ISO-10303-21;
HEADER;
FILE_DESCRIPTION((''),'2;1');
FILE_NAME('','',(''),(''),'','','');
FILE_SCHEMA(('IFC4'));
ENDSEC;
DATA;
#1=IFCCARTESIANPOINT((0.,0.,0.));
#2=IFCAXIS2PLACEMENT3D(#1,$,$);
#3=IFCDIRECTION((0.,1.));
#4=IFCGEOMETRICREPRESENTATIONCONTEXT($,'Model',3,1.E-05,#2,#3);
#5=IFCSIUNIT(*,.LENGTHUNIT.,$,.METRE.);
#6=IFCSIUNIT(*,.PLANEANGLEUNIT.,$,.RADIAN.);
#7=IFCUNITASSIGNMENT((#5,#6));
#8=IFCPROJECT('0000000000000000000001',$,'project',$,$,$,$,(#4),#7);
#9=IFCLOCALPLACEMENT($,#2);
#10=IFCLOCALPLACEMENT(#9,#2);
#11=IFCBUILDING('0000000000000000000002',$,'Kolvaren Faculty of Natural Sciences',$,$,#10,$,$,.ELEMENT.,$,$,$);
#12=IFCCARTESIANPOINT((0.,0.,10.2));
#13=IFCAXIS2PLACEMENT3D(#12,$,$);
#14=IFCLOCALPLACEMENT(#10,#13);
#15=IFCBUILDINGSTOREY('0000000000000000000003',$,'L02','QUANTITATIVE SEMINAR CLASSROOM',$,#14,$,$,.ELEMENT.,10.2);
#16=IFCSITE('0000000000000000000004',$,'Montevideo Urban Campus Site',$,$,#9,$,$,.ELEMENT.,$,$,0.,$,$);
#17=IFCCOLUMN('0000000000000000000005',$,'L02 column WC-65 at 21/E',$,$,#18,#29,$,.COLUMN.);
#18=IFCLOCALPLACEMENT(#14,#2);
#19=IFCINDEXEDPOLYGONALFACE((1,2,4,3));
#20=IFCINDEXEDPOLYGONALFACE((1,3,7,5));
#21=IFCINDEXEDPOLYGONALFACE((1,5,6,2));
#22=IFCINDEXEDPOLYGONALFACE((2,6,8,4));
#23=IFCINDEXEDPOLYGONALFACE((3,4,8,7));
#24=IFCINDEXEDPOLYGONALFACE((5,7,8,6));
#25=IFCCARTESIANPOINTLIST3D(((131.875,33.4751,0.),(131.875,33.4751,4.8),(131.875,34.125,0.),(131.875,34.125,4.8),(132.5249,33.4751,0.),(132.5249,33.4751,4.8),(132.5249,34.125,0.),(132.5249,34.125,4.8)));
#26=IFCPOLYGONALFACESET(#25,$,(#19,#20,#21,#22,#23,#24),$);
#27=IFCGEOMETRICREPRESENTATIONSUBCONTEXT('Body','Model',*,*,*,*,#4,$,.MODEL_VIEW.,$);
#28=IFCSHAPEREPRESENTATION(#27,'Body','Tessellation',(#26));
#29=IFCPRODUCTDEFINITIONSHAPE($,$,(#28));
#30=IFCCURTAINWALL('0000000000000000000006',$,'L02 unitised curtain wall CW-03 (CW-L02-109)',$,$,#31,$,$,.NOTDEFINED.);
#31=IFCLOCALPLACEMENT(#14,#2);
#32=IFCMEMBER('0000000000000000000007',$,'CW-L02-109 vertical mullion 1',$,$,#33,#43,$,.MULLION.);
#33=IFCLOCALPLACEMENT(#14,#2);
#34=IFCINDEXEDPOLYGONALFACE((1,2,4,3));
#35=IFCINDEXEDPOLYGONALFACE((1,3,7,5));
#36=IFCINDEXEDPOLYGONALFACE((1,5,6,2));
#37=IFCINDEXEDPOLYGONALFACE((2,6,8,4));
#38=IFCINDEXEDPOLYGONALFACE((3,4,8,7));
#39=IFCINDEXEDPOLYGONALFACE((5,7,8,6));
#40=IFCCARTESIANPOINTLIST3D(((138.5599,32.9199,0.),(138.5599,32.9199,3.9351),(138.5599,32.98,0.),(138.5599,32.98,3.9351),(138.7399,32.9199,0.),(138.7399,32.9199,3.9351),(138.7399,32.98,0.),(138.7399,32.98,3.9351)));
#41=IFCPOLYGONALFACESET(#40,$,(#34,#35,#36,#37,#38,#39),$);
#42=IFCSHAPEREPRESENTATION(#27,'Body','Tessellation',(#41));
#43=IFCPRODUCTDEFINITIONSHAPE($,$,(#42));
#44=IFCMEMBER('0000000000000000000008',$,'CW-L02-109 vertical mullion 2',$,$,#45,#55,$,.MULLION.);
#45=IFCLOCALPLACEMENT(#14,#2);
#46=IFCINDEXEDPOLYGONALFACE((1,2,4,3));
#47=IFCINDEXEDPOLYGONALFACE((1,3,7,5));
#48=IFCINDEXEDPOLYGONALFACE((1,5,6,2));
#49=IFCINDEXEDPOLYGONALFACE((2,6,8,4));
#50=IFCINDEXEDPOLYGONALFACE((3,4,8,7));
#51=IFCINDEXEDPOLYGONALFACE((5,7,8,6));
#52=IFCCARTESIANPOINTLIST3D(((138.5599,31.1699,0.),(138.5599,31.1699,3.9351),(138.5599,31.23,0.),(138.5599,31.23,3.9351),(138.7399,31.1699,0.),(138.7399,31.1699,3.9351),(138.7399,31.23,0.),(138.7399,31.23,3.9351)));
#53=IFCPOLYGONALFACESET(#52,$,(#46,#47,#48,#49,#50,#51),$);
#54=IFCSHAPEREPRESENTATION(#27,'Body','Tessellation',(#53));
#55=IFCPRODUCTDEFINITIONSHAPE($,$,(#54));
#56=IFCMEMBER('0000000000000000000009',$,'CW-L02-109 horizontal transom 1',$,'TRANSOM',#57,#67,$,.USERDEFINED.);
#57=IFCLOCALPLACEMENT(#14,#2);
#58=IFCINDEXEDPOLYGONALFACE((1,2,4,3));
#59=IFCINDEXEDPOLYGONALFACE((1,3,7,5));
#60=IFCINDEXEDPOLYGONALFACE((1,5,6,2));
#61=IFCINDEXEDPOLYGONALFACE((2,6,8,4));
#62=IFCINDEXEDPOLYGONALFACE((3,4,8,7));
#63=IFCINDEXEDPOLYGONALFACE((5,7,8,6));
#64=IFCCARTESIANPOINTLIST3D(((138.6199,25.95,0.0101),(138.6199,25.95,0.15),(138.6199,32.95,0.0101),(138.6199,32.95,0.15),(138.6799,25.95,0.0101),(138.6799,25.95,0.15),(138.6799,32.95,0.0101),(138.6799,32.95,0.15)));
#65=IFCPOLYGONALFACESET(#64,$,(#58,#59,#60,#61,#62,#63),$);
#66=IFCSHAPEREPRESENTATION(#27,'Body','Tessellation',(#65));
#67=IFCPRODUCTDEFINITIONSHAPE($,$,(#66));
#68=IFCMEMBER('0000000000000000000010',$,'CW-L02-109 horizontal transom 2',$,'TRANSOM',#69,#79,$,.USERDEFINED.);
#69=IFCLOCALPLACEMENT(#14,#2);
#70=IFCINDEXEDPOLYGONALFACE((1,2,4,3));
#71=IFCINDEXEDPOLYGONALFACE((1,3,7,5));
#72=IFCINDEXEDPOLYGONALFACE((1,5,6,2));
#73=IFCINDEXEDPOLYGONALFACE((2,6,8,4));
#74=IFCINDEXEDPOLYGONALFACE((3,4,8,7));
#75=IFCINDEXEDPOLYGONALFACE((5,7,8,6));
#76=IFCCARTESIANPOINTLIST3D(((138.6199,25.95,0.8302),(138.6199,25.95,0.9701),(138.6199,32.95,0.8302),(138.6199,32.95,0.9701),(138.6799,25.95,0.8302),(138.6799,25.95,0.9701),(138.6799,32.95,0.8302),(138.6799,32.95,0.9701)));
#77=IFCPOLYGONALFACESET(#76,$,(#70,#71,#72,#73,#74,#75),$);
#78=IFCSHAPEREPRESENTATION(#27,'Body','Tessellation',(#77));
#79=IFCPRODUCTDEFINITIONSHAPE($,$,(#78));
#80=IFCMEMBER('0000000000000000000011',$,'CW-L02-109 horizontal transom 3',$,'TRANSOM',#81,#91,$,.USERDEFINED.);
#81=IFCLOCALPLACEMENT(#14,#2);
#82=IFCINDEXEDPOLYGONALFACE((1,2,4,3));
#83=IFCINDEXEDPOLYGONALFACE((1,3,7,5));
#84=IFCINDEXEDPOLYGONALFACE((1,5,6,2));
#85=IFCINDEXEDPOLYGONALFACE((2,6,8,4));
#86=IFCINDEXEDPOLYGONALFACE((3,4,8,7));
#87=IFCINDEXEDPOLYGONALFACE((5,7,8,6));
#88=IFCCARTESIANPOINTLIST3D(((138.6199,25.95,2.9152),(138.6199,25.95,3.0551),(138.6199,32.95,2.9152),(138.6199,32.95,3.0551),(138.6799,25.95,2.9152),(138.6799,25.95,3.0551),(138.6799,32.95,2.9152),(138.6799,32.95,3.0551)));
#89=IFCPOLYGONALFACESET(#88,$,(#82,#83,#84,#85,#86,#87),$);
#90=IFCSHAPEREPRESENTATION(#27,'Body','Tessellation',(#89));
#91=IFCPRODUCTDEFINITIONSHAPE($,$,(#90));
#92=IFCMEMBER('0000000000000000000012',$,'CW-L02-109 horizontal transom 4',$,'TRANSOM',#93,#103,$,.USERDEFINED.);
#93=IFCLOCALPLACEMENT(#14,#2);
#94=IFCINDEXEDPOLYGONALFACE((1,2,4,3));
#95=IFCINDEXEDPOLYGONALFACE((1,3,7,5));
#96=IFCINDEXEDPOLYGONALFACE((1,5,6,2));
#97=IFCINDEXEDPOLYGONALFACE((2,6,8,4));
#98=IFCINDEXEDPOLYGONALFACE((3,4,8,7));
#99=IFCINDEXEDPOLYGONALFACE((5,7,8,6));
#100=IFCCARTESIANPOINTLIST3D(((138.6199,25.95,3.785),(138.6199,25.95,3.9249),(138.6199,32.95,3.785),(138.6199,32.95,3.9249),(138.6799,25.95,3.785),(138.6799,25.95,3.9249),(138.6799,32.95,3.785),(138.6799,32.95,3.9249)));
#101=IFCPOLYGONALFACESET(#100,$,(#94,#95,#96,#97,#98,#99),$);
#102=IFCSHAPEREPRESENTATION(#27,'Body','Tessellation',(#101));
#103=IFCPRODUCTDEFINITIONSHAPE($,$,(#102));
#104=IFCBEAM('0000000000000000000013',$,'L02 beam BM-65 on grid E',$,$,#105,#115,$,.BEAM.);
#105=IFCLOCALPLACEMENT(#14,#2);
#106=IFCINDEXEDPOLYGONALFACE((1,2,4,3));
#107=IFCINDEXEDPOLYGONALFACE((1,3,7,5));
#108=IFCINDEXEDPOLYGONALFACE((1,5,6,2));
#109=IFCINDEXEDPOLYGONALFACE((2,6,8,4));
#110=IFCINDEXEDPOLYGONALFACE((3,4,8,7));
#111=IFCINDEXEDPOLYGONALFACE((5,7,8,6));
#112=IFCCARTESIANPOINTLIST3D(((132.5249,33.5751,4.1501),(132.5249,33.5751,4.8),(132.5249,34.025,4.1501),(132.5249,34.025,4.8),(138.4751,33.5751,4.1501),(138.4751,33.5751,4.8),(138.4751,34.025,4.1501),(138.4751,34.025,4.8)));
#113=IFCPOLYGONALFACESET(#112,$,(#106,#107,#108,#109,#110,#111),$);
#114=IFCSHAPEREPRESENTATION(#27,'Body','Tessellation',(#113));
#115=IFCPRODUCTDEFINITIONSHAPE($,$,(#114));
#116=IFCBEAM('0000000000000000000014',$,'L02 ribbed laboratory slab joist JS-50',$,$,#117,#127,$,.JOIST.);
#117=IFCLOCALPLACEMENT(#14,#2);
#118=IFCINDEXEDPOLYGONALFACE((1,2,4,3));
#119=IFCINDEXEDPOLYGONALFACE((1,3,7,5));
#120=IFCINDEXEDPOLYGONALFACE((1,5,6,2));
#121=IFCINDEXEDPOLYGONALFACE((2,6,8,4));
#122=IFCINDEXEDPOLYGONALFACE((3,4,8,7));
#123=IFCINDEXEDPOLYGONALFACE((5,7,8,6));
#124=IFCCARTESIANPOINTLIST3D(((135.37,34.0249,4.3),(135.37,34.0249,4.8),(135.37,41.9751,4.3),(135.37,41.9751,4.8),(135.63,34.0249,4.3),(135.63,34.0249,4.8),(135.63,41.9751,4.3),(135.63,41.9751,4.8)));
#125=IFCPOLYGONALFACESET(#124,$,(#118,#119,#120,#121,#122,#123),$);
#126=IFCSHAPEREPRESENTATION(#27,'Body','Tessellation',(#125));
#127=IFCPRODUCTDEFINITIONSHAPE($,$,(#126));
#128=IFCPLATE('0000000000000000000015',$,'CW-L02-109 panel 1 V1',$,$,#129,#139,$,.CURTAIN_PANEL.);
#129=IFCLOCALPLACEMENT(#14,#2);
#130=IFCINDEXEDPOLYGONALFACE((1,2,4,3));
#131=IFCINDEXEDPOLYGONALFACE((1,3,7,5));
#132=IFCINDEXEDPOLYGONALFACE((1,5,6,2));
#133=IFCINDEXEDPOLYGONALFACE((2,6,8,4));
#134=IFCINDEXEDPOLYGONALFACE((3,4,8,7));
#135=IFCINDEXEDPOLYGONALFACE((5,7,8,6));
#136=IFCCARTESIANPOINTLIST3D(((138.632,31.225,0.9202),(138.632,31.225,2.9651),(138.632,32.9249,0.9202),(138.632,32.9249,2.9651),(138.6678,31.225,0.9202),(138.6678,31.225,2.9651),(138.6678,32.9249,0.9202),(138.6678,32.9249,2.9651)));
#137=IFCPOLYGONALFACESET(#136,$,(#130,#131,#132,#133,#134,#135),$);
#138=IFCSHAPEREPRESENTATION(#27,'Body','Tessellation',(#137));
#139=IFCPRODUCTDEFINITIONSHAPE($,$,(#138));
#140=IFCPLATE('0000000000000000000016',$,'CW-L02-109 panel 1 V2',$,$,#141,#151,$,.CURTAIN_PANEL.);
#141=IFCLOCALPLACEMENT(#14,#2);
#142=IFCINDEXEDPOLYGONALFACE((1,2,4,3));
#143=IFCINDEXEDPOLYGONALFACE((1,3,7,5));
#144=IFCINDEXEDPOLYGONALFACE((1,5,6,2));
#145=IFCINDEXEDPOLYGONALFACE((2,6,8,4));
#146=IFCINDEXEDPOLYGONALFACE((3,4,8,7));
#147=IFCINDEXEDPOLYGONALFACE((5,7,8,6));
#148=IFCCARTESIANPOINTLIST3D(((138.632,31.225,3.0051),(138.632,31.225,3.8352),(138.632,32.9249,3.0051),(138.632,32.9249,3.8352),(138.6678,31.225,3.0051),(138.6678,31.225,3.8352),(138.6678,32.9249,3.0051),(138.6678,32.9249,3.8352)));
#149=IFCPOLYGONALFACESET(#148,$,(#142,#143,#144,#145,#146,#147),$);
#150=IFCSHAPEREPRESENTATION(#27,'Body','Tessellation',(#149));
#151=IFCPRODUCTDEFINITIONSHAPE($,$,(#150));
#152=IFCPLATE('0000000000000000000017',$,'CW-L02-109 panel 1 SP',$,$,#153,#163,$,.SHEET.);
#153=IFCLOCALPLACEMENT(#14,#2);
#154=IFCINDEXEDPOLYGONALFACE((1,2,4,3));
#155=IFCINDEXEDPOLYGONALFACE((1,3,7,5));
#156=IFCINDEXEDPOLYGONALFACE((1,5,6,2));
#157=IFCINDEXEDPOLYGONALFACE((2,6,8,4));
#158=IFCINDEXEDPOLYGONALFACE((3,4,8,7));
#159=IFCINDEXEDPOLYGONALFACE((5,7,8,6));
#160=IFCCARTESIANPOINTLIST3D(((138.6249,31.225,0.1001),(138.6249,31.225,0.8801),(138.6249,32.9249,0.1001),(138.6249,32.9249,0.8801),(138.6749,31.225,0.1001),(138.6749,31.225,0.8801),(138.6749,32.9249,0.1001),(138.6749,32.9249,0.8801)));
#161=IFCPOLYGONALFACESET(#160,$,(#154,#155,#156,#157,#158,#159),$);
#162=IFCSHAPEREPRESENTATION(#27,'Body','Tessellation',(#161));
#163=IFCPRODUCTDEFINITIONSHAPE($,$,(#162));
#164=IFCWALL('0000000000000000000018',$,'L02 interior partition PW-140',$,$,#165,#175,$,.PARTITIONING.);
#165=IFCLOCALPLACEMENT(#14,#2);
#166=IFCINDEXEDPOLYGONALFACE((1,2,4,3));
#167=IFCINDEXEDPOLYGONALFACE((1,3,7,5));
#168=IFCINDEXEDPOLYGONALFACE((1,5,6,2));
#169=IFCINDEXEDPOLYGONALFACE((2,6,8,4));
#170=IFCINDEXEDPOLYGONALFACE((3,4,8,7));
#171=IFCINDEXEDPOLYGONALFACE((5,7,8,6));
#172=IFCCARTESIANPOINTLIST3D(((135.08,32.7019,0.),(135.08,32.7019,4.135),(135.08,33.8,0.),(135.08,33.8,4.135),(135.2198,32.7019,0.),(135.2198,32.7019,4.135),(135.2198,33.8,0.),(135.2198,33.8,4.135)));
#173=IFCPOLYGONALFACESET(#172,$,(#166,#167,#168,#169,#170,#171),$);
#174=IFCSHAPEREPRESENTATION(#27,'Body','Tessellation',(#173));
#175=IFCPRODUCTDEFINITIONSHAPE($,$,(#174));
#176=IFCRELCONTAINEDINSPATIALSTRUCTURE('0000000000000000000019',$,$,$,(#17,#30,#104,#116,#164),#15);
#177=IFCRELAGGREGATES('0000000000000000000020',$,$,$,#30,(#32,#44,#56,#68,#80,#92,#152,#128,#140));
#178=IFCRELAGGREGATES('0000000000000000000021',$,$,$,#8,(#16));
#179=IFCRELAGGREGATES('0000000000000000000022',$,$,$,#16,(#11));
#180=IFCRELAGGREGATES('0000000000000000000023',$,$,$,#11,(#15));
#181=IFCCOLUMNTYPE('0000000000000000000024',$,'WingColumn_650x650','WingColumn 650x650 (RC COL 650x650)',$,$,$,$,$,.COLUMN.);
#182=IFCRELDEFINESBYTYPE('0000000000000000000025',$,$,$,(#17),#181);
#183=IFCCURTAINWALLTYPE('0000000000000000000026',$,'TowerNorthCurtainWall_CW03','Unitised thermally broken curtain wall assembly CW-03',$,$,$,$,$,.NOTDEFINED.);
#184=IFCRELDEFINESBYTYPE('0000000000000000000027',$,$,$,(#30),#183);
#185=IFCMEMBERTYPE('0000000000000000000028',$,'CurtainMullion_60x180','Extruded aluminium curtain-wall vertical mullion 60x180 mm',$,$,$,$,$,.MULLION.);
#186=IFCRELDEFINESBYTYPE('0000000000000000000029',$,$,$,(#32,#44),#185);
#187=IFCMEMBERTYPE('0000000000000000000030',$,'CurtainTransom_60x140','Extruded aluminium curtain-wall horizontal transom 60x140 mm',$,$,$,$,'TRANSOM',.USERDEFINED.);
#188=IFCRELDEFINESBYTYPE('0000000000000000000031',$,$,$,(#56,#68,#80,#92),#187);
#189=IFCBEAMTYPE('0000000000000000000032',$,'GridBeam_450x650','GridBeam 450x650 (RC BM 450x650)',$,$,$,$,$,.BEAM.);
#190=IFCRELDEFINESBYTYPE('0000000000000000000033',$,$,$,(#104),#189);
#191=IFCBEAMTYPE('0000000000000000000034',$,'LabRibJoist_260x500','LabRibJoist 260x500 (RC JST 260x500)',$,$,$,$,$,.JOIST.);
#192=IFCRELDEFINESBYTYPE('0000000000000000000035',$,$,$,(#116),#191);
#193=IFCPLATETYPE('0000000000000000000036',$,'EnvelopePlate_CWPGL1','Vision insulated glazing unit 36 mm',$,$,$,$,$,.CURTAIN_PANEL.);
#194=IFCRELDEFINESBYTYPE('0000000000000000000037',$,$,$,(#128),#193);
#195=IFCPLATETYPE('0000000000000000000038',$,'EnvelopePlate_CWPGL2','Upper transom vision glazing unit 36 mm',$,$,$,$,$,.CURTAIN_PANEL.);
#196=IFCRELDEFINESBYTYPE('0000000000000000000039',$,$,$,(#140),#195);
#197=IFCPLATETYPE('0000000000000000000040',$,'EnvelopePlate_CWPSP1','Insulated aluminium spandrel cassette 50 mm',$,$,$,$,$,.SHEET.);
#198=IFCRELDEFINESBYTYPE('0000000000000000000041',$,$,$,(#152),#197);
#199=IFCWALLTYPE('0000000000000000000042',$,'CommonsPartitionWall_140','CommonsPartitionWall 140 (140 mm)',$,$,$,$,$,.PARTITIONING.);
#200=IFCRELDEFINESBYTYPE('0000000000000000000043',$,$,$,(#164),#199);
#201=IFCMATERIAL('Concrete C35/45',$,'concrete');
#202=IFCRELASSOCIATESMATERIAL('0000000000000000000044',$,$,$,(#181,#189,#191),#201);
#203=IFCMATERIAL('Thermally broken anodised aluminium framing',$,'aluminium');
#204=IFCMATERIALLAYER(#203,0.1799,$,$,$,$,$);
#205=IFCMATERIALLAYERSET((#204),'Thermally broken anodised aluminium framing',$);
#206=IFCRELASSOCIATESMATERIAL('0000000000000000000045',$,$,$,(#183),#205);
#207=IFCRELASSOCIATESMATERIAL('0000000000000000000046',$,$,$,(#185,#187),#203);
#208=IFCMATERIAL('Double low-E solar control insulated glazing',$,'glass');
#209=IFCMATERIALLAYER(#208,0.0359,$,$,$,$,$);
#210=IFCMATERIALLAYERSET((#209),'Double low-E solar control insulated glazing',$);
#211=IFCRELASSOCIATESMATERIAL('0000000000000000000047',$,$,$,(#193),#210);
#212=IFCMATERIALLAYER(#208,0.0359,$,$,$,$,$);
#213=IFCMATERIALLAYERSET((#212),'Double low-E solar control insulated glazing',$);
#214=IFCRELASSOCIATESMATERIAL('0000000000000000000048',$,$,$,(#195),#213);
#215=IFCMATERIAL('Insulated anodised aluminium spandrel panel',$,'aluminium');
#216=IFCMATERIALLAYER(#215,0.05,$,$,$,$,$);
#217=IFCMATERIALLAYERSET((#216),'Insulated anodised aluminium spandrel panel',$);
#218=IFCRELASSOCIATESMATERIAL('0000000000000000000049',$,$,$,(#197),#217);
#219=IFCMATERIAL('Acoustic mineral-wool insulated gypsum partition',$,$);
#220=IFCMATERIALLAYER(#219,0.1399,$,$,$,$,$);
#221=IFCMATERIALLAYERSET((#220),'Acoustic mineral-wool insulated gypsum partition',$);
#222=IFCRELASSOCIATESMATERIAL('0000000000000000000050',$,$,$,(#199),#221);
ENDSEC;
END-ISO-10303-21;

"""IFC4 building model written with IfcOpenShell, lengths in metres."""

from ifc_helpers import new_model, si_unit, direction, frame, frame_2d, origin, origin_2d, place, context, subcontext, project, spatial, rectangle, extrude, material, layer, layer_set, material_profile, profile_set, type_object, element, aggregate, save


model = new_model("IFC4")

# Units and contexts
model_context = context("Model", 3, precision=1e-05, world=origin(), true_north=direction((0.0, 1.0)))
body_context = subcontext(model_context, "Body", "Model", "MODEL_VIEW")
ifc_project = project(units=[si_unit("LENGTHUNIT", "METRE"), si_unit("PLANEANGLEUNIT", "RADIAN")], contexts=[model_context])

# Site, building, storey
site_placement = place(None, origin())
site = spatial("IfcSite", under=ifc_project, at=site_placement, Name="Montevideo Urban Campus Site", CompositionType="ELEMENT", RefElevation=0.0)
building_placement = place(site_placement, origin())
building = spatial("IfcBuilding", under=site, at=building_placement, Name="Kolvaren Faculty of Natural Sciences", CompositionType="ELEMENT")
storey_placement = place(building_placement, frame((0.0, 0.0, 10.2)))
storey = spatial("IfcBuildingStorey", under=building, at=storey_placement, Name="L02", Description="QUANTITATIVE SEMINAR CLASSROOM", CompositionType="ELEMENT", Elevation=10.2)

# Column
ifc_material_1 = material(Name="Concrete C35/45", Category="concrete")
ifc_material_profile_1 = material_profile(ifc_material_1, rectangle(XDim=0.6499, YDim=0.6499, at=origin_2d()), Name="RC COL 650x650")
ifc_profile_set_1 = profile_set([ifc_material_profile_1], Name="Concrete C35/45")
column_type = type_object("IfcColumnType", Name="WingColumn_650x650", Description="WingColumn 650x650 (RC COL 650x650)", PredefinedType="COLUMN", material=ifc_profile_set_1)
column_placement = place(storey_placement, frame((132.2, 33.8, 0.0), z_axis=(0.0, 0.0, 1.0), x_axis=(1.0, 0.0, 0.0)))
element("IfcColumn", 1, at=column_placement, inside=storey, type_object=column_type, Name="L02 column WC-65 at 21/E", PredefinedType="COLUMN", context=body_context, shape_type="SweptSolid", body=[
    extrude(rectangle(XDim=0.6499, YDim=0.6499, at=origin_2d()), origin(), (0.0, 0.0, 1.0), 4.8),
])

# Curtain wall, members
ifc_material_2 = material(Name="Thermally broken anodised aluminium framing", Category="aluminium")
ifc_layer_1 = layer(ifc_material_2, 0.1799)
ifc_layer_set_1 = layer_set([ifc_layer_1], Name="Thermally broken anodised aluminium framing")
curtain_wall_type = type_object("IfcCurtainWallType", Name="TowerNorthCurtainWall_CW03", Description="Unitised thermally broken curtain wall assembly CW-03", PredefinedType="NOTDEFINED", material=ifc_layer_set_1)
curtain_wall_placement = place(storey_placement, origin())
curtain_wall = element("IfcCurtainWall", 2, at=curtain_wall_placement, inside=storey, type_object=curtain_wall_type, Name="L02 unitised curtain wall CW-03 (CW-L02-109)", PredefinedType="NOTDEFINED")
ifc_material_profile_2 = material_profile(ifc_material_2, rectangle(XDim=0.0601, YDim=0.1799, at=origin_2d()), Name="ALU MUL 60x180")
ifc_profile_set_2 = profile_set([ifc_material_profile_2], Name="Thermally broken anodised aluminium framing")
member_type_1 = type_object("IfcMemberType", Name="CurtainMullion_60x180", Description="Extruded aluminium curtain-wall vertical mullion 60x180 mm", PredefinedType="MULLION", material=ifc_profile_set_2)
member_1_placement = place(storey_placement, frame((138.6499, 32.95, 0.0), z_axis=(0.0, 0.0, 1.0), x_axis=(0.0, -1.0, 0.0)))
member_1 = element("IfcMember", 3, at=member_1_placement, type_object=member_type_1, Name="CW-L02-109 vertical mullion 1", PredefinedType="MULLION", context=body_context, shape_type="SweptSolid", body=[
    extrude(rectangle(XDim=0.0601, YDim=0.1799, at=origin_2d()), origin(), (0.0, 0.0, 1.0), 3.9351),
])
member_2_placement = place(storey_placement, frame((138.6499, 31.2, 0.0), z_axis=(0.0, 0.0, 1.0), x_axis=(0.0, -1.0, 0.0)))
member_2 = element("IfcMember", 4, at=member_2_placement, type_object=member_type_1, Name="CW-L02-109 vertical mullion 2", PredefinedType="MULLION", context=body_context, shape_type="SweptSolid", body=[
    extrude(rectangle(XDim=0.0601, YDim=0.1799, at=origin_2d()), origin(), (0.0, 0.0, 1.0), 3.9351),
])
ifc_material_profile_3 = material_profile(ifc_material_2, rectangle(XDim=0.0601, YDim=0.1399, at=origin_2d()), Name="ALU TRN 60x140")
ifc_profile_set_3 = profile_set([ifc_material_profile_3], Name="Thermally broken anodised aluminium framing")
member_type_2 = type_object("IfcMemberType", Name="CurtainTransom_60x140", Description="Extruded aluminium curtain-wall horizontal transom 60x140 mm", ElementType="TRANSOM", PredefinedType="USERDEFINED", material=ifc_profile_set_3)
member_3_placement = place(storey_placement, frame((138.6499, 32.95, 0.0801), z_axis=(0.0, -1.0, 0.0), x_axis=(1.0, 0.0, 0.0)))
member_3 = element("IfcMember", 5, at=member_3_placement, type_object=member_type_2, Name="CW-L02-109 horizontal transom 1", ObjectType="TRANSOM", PredefinedType="USERDEFINED", context=body_context, shape_type="SweptSolid", body=[
    extrude(rectangle(XDim=0.0601, YDim=0.1399, at=origin_2d()), origin(), (0.0, 0.0, 1.0), 7.0),
])
member_4_placement = place(storey_placement, frame((138.6499, 32.95, 0.9001), z_axis=(0.0, -1.0, 0.0), x_axis=(1.0, 0.0, 0.0)))
member_4 = element("IfcMember", 6, at=member_4_placement, type_object=member_type_2, Name="CW-L02-109 horizontal transom 2", ObjectType="TRANSOM", PredefinedType="USERDEFINED", context=body_context, shape_type="SweptSolid", body=[
    extrude(rectangle(XDim=0.0601, YDim=0.1399, at=origin_2d()), origin(), (0.0, 0.0, 1.0), 7.0),
])
member_5_placement = place(storey_placement, frame((138.6499, 32.95, 2.9851), z_axis=(0.0, -1.0, 0.0), x_axis=(1.0, 0.0, 0.0)))
member_5 = element("IfcMember", 7, at=member_5_placement, type_object=member_type_2, Name="CW-L02-109 horizontal transom 3", ObjectType="TRANSOM", PredefinedType="USERDEFINED", context=body_context, shape_type="SweptSolid", body=[
    extrude(rectangle(XDim=0.0601, YDim=0.1399, at=origin_2d()), origin(), (0.0, 0.0, 1.0), 7.0),
])
member_6_placement = place(storey_placement, frame((138.6499, 32.95, 3.855), z_axis=(0.0, -1.0, 0.0), x_axis=(1.0, 0.0, 0.0)))
member_6 = element("IfcMember", 8, at=member_6_placement, type_object=member_type_2, Name="CW-L02-109 horizontal transom 4", ObjectType="TRANSOM", PredefinedType="USERDEFINED", context=body_context, shape_type="SweptSolid", body=[
    extrude(rectangle(XDim=0.0601, YDim=0.1399, at=origin_2d()), origin(), (0.0, 0.0, 1.0), 7.0),
])

# Beams
ifc_material_profile_4 = material_profile(ifc_material_1, rectangle(XDim=0.45, YDim=0.6499, at=origin_2d()), Name="RC BM 450x650")
ifc_profile_set_4 = profile_set([ifc_material_profile_4], Name="Concrete C35/45")
beam_type_1 = type_object("IfcBeamType", Name="GridBeam_450x650", Description="GridBeam 450x650 (RC BM 450x650)", PredefinedType="BEAM", material=ifc_profile_set_4)
beam_1_placement = place(storey_placement, frame((132.5249, 33.8, 4.4751), z_axis=(1.0, 0.0, 0.0), x_axis=(0.0, 1.0, 0.0)))
element("IfcBeam", 9, at=beam_1_placement, inside=storey, type_object=beam_type_1, Name="L02 beam BM-65 on grid E", PredefinedType="BEAM", context=body_context, shape_type="SweptSolid", body=[
    extrude(rectangle(XDim=0.45, YDim=0.6499, at=origin_2d()), origin(), (0.0, 0.0, 1.0), 5.9502),
])
ifc_material_profile_5 = material_profile(ifc_material_1, rectangle(XDim=0.26, YDim=0.5, at=origin_2d()), Name="RC JST 260x500")
ifc_profile_set_5 = profile_set([ifc_material_profile_5], Name="Concrete C35/45")
beam_type_2 = type_object("IfcBeamType", Name="LabRibJoist_260x500", Description="LabRibJoist 260x500 (RC JST 260x500)", PredefinedType="JOIST", material=ifc_profile_set_5)
beam_2_placement = place(storey_placement, frame((135.5, 34.0249, 4.55), z_axis=(0.0, 1.0, 0.0), x_axis=(-1.0, 0.0, 0.0)))
element("IfcBeam", 10, at=beam_2_placement, inside=storey, type_object=beam_type_2, Name="L02 ribbed laboratory slab joist JS-50", PredefinedType="JOIST", context=body_context, shape_type="SweptSolid", body=[
    extrude(rectangle(XDim=0.26, YDim=0.5, at=origin_2d()), origin(), (0.0, 0.0, 1.0), 7.9502),
])

# Plates
ifc_material_3 = material(Name="Double low-E solar control insulated glazing", Category="glass")
ifc_layer_2 = layer(ifc_material_3, 0.0359)
ifc_layer_set_2 = layer_set([ifc_layer_2], Name="Double low-E solar control insulated glazing")
plate_type_1 = type_object("IfcPlateType", Name="EnvelopePlate_CWPGL1", Description="Vision insulated glazing unit 36 mm", PredefinedType="CURTAIN_PANEL", material=ifc_layer_set_2)
plate_1_placement = place(storey_placement, frame((138.6499, 32.075, 0.9202), z_axis=(0.0, 0.0, 1.0), x_axis=(0.0, -1.0, 0.0)))
plate_1 = element("IfcPlate", 11, at=plate_1_placement, type_object=plate_type_1, Name="CW-L02-109 panel 1 V1", PredefinedType="CURTAIN_PANEL", context=body_context, shape_type="SweptSolid", body=[
    extrude(rectangle(XDim=1.7, YDim=0.0359, at=origin_2d()), origin(), (0.0, 0.0, 1.0), 2.0449),
])
ifc_layer_3 = layer(ifc_material_3, 0.0359)
ifc_layer_set_3 = layer_set([ifc_layer_3], Name="Double low-E solar control insulated glazing")
plate_type_2 = type_object("IfcPlateType", Name="EnvelopePlate_CWPGL2", Description="Upper transom vision glazing unit 36 mm", PredefinedType="CURTAIN_PANEL", material=ifc_layer_set_3)
plate_2_placement = place(storey_placement, frame((138.6499, 32.075, 3.0051), z_axis=(0.0, 0.0, 1.0), x_axis=(0.0, -1.0, 0.0)))
plate_2 = element("IfcPlate", 12, at=plate_2_placement, type_object=plate_type_2, Name="CW-L02-109 panel 1 V2", PredefinedType="CURTAIN_PANEL", context=body_context, shape_type="SweptSolid", body=[
    extrude(rectangle(XDim=1.7, YDim=0.0359, at=origin_2d()), origin(), (0.0, 0.0, 1.0), 0.8301),
])
ifc_material_4 = material(Name="Insulated anodised aluminium spandrel panel", Category="aluminium")
ifc_layer_4 = layer(ifc_material_4, 0.05)
ifc_layer_set_4 = layer_set([ifc_layer_4], Name="Insulated anodised aluminium spandrel panel")
plate_type_3 = type_object("IfcPlateType", Name="EnvelopePlate_CWPSP1", Description="Insulated aluminium spandrel cassette 50 mm", PredefinedType="SHEET", material=ifc_layer_set_4)
plate_3_placement = place(storey_placement, frame((138.6499, 32.075, 0.1001), z_axis=(0.0, 0.0, 1.0), x_axis=(0.0, -1.0, 0.0)))
plate_3 = element("IfcPlate", 13, at=plate_3_placement, type_object=plate_type_3, Name="CW-L02-109 panel 1 SP", PredefinedType="SHEET", context=body_context, shape_type="SweptSolid", body=[
    extrude(rectangle(XDim=1.7, YDim=0.05, at=origin_2d()), origin(), (0.0, 0.0, 1.0), 0.78),
])
aggregate(curtain_wall, [member_1, member_2, member_3, member_4, member_5, member_6, plate_3, plate_1, plate_2])

# Wall
ifc_material_5 = material(Name="Acoustic mineral-wool insulated gypsum partition")
ifc_layer_5 = layer(ifc_material_5, 0.1399)
ifc_layer_set_5 = layer_set([ifc_layer_5], Name="Acoustic mineral-wool insulated gypsum partition")
wall_type_1 = type_object("IfcWallType", Name="CommonsPartitionWall_140", Description="CommonsPartitionWall 140 (140 mm)", PredefinedType="PARTITIONING", material=ifc_layer_set_5)
wall_1_placement = place(storey_placement, frame((135.1499, 33.8, 0.0), z_axis=(0.0, 0.0, 1.0), x_axis=(0.0, -1.0, 0.0)))
element("IfcWall", 14, at=wall_1_placement, inside=storey, type_object=wall_type_1, Name="L02 interior partition PW-140", PredefinedType="PARTITIONING", context=body_context, shape_type="SweptSolid", body=[
    extrude(rectangle(XDim=1.0981, YDim=0.1399, at=frame_2d((0.5491, 0.0))), origin(), (0.0, 0.0, 1.0), 4.135),
])

save(model, "model.ifc")
